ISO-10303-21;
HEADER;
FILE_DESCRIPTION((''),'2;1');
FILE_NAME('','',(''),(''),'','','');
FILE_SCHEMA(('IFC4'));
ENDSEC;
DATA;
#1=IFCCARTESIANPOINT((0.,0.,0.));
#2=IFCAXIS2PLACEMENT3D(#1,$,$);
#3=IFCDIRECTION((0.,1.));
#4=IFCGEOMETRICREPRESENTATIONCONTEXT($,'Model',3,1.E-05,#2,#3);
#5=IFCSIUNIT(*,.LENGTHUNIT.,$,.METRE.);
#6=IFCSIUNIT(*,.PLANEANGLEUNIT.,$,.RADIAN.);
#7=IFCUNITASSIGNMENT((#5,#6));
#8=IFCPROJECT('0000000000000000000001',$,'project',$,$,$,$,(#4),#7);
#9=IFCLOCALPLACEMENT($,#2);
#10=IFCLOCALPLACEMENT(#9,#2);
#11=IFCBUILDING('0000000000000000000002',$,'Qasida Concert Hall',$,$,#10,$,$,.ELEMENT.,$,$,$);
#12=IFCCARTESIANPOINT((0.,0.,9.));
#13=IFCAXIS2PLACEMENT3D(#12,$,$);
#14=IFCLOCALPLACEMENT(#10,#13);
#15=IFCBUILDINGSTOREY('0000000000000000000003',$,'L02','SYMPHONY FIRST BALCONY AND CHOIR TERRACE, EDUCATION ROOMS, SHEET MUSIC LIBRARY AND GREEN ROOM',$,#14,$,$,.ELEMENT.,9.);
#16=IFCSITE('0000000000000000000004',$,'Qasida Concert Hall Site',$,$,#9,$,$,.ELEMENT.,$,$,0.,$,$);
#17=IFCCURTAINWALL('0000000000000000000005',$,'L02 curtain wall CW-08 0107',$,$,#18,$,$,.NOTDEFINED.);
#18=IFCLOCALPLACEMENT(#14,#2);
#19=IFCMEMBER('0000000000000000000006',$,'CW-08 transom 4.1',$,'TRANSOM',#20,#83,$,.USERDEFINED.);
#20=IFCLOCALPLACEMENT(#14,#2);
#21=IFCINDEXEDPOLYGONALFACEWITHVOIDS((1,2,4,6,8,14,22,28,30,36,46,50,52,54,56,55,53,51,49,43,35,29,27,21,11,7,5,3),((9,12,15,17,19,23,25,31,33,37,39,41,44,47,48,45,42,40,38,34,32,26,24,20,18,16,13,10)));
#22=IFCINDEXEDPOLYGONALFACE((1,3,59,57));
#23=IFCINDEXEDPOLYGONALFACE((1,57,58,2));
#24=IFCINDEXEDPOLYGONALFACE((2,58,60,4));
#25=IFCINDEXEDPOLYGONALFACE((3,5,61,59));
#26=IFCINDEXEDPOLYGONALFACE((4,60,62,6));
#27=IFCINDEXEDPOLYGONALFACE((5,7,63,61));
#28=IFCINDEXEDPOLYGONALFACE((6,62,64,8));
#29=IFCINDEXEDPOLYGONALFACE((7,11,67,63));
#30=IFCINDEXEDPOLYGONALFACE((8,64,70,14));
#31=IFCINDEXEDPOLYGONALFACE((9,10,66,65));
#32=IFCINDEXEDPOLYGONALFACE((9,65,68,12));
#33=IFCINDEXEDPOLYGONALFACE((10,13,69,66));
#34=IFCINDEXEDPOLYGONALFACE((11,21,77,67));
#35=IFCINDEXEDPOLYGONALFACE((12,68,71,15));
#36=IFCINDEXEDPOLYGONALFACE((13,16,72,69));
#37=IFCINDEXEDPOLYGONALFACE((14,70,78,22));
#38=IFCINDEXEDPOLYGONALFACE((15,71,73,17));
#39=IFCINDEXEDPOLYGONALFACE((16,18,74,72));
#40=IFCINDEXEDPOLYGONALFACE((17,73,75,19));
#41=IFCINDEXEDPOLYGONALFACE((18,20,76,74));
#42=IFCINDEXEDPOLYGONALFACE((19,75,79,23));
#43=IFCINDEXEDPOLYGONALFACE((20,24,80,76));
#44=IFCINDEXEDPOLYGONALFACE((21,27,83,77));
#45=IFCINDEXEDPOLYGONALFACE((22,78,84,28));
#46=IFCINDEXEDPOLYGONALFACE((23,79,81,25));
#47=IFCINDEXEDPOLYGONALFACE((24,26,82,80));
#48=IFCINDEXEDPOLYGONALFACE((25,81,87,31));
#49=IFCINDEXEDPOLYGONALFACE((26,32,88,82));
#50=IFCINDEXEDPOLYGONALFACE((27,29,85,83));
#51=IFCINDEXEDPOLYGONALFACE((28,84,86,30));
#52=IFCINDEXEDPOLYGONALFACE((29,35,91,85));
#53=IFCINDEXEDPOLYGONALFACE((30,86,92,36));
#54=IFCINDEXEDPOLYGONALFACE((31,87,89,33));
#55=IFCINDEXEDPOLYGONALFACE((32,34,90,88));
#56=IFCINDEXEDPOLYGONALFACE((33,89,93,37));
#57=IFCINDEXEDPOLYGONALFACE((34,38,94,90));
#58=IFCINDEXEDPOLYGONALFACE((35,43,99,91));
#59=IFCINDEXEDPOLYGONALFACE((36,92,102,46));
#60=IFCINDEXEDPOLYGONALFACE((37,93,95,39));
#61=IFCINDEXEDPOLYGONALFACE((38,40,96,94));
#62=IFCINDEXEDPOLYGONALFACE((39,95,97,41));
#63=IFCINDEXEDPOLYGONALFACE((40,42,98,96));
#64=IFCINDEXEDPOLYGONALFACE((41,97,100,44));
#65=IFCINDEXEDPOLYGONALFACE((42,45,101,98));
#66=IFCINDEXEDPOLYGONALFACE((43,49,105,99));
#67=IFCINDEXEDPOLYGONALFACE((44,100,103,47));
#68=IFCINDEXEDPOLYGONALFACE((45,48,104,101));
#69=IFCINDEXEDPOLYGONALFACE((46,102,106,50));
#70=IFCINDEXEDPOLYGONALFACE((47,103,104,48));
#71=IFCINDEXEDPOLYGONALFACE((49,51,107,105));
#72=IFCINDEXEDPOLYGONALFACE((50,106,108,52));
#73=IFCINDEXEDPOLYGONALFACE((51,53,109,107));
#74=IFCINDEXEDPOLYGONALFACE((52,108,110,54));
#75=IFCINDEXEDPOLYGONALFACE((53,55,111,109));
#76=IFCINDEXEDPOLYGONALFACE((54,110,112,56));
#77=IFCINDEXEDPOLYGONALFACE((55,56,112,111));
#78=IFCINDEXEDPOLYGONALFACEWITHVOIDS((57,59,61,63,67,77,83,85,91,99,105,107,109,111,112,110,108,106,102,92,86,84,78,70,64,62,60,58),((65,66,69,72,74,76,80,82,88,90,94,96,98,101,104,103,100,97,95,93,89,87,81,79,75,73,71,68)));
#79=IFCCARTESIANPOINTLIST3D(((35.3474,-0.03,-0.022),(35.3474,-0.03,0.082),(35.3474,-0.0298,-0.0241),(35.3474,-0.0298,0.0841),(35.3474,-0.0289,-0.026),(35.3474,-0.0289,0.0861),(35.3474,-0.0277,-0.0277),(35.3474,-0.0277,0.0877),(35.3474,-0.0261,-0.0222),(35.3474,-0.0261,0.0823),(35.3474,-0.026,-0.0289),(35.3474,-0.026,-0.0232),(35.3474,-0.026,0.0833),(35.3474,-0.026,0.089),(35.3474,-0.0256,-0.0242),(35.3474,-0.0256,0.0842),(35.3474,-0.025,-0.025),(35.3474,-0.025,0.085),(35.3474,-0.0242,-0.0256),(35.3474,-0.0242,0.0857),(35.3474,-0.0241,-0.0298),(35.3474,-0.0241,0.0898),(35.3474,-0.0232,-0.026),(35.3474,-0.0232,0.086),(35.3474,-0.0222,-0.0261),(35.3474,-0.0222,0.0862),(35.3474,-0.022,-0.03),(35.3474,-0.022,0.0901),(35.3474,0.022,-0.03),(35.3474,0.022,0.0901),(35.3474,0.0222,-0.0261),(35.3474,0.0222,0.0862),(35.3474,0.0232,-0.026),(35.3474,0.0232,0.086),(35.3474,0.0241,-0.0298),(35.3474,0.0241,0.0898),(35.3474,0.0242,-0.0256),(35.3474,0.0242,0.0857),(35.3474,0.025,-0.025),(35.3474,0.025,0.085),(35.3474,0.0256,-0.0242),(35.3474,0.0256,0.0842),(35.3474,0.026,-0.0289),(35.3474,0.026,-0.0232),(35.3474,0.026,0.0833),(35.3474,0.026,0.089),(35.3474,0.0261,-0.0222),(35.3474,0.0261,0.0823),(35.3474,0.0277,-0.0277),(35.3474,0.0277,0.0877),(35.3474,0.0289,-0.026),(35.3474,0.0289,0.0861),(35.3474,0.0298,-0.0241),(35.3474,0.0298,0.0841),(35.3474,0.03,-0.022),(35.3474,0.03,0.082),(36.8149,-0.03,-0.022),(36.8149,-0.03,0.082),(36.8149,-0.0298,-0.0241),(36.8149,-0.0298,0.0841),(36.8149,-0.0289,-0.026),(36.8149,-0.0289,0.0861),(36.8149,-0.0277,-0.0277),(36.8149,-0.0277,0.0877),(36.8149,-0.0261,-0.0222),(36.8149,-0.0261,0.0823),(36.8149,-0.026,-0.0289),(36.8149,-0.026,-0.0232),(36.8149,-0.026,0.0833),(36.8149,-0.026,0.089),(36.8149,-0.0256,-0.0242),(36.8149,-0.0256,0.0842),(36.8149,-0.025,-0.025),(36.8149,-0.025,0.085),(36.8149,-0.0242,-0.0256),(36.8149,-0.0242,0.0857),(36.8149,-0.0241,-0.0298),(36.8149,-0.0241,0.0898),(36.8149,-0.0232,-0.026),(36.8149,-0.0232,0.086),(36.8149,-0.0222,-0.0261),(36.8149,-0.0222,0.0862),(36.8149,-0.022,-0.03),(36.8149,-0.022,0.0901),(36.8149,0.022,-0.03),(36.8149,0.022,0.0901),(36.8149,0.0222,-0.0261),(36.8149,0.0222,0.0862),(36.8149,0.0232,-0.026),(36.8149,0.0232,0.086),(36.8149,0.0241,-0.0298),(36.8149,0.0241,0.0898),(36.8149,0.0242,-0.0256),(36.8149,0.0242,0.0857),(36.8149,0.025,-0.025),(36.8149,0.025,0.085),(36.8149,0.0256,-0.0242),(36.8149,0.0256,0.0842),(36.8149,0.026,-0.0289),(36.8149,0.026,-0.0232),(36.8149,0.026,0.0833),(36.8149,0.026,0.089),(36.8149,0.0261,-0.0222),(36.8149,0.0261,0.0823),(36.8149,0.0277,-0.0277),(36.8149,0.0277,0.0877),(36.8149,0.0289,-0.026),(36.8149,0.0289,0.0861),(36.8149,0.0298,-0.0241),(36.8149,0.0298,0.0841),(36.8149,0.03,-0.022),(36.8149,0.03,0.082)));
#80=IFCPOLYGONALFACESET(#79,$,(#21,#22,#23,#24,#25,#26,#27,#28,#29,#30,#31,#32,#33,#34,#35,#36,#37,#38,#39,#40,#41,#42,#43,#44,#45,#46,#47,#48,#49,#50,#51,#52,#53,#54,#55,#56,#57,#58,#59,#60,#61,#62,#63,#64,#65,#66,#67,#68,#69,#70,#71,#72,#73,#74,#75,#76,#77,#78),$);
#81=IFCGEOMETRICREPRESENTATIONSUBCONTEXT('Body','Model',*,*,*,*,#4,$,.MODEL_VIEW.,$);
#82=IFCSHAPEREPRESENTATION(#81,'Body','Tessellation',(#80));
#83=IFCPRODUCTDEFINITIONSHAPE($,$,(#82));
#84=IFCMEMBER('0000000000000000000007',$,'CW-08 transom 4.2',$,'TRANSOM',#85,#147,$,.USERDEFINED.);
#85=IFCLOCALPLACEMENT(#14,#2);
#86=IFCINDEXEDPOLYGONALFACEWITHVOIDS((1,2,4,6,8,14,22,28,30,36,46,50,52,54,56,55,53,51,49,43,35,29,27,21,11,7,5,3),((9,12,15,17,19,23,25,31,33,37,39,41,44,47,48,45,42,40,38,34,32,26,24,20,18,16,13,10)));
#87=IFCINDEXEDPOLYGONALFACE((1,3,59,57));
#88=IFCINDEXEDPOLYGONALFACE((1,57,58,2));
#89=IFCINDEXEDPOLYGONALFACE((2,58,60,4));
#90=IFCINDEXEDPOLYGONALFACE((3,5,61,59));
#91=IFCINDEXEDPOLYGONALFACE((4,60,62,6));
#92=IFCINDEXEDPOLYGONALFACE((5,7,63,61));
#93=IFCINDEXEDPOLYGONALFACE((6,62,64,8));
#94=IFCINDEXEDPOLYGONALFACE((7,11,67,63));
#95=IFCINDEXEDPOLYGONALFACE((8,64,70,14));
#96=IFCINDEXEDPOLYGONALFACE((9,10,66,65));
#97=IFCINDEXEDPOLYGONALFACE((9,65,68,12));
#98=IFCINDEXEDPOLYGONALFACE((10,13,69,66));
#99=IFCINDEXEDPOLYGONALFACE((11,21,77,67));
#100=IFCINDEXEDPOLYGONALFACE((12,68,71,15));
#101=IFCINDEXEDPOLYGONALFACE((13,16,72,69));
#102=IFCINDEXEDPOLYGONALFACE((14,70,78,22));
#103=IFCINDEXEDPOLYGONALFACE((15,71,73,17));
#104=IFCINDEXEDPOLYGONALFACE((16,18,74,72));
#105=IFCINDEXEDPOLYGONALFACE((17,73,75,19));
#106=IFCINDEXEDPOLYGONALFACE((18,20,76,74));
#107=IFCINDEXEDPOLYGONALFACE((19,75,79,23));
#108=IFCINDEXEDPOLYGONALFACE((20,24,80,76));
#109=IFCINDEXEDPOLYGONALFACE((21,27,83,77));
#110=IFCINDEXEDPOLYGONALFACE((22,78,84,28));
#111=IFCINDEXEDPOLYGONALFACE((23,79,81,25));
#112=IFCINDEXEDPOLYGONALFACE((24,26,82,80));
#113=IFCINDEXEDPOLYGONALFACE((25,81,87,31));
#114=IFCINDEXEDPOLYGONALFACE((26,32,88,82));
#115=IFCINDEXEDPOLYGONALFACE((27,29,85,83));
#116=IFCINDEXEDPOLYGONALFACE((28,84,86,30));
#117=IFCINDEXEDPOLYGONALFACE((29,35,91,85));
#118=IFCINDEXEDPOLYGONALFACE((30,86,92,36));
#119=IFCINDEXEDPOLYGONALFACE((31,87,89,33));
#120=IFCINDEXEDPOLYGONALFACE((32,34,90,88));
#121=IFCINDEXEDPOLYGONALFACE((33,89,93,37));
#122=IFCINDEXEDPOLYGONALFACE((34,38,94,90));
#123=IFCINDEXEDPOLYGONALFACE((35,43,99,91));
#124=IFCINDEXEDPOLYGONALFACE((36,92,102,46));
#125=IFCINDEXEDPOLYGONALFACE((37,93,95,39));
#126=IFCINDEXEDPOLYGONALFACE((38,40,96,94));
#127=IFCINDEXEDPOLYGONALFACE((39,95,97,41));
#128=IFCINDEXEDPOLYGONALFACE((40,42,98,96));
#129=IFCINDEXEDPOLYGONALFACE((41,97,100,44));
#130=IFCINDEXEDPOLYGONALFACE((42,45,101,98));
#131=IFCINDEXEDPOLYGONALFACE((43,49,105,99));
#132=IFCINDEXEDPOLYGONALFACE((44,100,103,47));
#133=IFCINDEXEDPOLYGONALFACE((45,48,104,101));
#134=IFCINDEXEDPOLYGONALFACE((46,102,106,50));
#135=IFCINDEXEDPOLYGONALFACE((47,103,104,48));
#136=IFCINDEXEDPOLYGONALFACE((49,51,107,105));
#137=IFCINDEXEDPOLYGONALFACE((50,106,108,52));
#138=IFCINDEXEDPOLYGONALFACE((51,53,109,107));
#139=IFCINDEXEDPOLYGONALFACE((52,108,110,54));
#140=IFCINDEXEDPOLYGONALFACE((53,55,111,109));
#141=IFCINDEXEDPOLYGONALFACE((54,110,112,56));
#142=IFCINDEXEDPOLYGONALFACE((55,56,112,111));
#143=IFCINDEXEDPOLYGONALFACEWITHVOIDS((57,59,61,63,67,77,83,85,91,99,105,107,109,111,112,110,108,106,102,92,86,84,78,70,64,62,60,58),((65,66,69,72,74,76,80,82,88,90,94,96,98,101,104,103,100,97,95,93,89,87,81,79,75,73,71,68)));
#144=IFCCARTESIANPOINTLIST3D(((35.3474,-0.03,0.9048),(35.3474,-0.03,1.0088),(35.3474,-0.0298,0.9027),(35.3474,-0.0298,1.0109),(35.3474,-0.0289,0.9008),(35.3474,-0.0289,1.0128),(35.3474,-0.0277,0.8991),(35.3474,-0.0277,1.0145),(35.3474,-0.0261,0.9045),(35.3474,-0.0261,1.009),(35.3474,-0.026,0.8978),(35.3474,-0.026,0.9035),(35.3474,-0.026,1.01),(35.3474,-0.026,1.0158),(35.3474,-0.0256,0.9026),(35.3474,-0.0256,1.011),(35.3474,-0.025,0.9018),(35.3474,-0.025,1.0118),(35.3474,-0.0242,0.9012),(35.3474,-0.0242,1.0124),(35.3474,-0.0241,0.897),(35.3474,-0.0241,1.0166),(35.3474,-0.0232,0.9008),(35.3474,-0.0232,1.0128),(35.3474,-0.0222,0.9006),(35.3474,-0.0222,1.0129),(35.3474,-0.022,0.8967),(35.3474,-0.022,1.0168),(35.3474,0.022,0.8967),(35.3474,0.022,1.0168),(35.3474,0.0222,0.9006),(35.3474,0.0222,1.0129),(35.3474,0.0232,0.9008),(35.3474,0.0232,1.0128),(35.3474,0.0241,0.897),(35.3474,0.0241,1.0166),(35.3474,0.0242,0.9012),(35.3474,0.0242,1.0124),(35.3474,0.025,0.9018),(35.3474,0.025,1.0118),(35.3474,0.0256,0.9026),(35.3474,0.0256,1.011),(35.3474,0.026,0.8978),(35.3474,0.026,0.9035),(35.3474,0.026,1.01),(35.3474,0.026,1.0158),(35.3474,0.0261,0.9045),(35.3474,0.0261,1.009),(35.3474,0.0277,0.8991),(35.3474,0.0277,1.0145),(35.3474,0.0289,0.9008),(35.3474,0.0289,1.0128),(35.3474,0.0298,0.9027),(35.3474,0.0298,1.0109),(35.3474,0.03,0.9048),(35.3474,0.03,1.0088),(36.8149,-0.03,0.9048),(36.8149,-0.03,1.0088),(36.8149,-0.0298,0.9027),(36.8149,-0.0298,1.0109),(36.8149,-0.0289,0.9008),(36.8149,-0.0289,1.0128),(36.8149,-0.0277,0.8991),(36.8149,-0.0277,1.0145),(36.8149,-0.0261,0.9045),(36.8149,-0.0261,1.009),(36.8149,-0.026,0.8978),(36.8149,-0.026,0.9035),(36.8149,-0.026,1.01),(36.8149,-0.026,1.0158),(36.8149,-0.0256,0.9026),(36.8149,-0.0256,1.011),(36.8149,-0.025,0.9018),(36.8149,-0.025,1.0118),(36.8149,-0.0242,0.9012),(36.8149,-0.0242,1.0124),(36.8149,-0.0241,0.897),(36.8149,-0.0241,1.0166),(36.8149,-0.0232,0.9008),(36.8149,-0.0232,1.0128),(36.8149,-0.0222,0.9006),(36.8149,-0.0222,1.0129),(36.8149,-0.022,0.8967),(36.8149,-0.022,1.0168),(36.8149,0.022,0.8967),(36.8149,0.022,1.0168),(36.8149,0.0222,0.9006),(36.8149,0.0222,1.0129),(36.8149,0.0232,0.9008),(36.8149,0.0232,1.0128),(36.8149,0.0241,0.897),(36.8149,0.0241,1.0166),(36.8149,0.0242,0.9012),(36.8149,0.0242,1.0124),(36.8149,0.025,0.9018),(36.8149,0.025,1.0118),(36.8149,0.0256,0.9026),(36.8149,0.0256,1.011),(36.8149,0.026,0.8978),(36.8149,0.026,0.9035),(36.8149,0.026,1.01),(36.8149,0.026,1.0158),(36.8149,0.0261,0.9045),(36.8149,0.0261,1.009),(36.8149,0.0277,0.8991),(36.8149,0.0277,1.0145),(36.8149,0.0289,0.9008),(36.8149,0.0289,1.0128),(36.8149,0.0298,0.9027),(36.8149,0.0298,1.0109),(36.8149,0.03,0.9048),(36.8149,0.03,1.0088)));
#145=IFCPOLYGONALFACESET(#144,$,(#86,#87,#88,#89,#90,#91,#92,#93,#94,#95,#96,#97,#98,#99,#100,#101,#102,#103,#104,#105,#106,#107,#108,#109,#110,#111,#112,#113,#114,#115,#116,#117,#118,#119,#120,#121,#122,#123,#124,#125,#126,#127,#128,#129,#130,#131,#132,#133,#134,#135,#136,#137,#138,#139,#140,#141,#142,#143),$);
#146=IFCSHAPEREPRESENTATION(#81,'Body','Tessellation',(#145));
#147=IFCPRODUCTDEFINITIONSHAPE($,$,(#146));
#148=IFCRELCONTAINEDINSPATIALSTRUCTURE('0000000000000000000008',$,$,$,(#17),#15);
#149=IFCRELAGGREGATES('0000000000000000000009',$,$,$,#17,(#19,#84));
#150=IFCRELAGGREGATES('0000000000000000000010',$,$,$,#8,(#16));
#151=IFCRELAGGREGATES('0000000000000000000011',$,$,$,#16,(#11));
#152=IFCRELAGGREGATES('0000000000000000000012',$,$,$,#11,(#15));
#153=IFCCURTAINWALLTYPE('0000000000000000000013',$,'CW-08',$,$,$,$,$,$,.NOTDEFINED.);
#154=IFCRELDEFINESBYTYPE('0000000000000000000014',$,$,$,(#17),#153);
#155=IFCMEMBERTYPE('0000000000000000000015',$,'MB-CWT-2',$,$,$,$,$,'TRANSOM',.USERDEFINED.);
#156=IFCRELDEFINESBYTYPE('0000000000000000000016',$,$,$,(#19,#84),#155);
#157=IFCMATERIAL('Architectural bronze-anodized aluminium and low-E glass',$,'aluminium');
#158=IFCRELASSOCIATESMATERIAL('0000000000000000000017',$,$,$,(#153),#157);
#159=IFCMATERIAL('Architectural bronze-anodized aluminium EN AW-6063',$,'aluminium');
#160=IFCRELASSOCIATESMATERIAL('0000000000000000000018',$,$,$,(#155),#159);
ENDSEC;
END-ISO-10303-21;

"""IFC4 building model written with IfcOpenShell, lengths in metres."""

from ifc_helpers import new_model, si_unit, direction, frame, origin, origin_2d, place, context, subcontext, project, spatial, hollow_rectangle, extrude, material, material_profile, profile_set, type_object, element, aggregate, save


model = new_model("IFC4")

# Units and contexts
model_context = context("Model", 3, precision=1e-05, world=origin(), true_north=direction((0.0, 1.0)))
body_context = subcontext(model_context, "Body", "Model", "MODEL_VIEW")
ifc_project = project(units=[si_unit("LENGTHUNIT", "METRE"), si_unit("PLANEANGLEUNIT", "RADIAN")], contexts=[model_context])

# Site, building, storey
site_placement = place(None, origin())
site = spatial("IfcSite", under=ifc_project, at=site_placement, Name="Qasida Concert Hall Site", CompositionType="ELEMENT", RefElevation=0.0)
building_placement = place(site_placement, origin())
building = spatial("IfcBuilding", under=site, at=building_placement, Name="Qasida Concert Hall", CompositionType="ELEMENT")
storey_placement = place(building_placement, frame((0.0, 0.0, 9.0)))
storey = spatial("IfcBuildingStorey", under=building, at=storey_placement, Name="L02", Description="SYMPHONY FIRST BALCONY AND CHOIR TERRACE, EDUCATION ROOMS, SHEET MUSIC LIBRARY AND GREEN ROOM", CompositionType="ELEMENT", Elevation=9.0)

# Curtain wall
ifc_material_1 = material(Name="Architectural bronze-anodized aluminium and low-E glass", Category="aluminium")
curtain_wall_type = type_object("IfcCurtainWallType", Name="CW-08", PredefinedType="NOTDEFINED", material=ifc_material_1)
curtain_wall_1_placement = place(storey_placement, origin())
curtain_wall_1 = element("IfcCurtainWall", 1, at=curtain_wall_1_placement, inside=storey, type_object=curtain_wall_type, Name="L02 curtain wall CW-08 0107", PredefinedType="NOTDEFINED")
ifc_material_2 = material(Name="Architectural bronze-anodized aluminium EN AW-6063", Category="aluminium")

# Members
ifc_material_profile_1 = material_profile(ifc_material_2, hollow_rectangle(XDim=0.0601, YDim=0.1201, WallThickness=0.0039, InnerFilletRadius=0.0039, OuterFilletRadius=0.0081, at=origin_2d()), Name="CWT 120x60x4")
ifc_profile_set_1 = profile_set([ifc_material_profile_1], Name="Architectural bronze-anodized aluminium EN AW-6063")
member_type_1 = type_object("IfcMemberType", Name="MB-CWT-2", ElementType="TRANSOM", PredefinedType="USERDEFINED", material=ifc_profile_set_1)
member_1_placement = place(storey_placement, frame((35.3474, 0.0, 0.03), z_axis=(1.0, 0.0, 0.0), x_axis=(0.0, 1.0, 0.0)))
member_1 = element("IfcMember", 2, at=member_1_placement, type_object=member_type_1, Name="CW-08 transom 4.1", ObjectType="TRANSOM", PredefinedType="USERDEFINED", context=body_context, shape_type="SweptSolid", body=[
    extrude(hollow_rectangle(XDim=0.0601, YDim=0.1201, WallThickness=0.0039, InnerFilletRadius=0.0039, OuterFilletRadius=0.0081, at=origin_2d()), origin(), (0.0, 0.0, 1.0), 1.4675),
])
member_2_placement = place(storey_placement, frame((35.3474, 0.0, 0.9568), z_axis=(1.0, 0.0, 0.0), x_axis=(0.0, 1.0, 0.0)))
member_2 = element("IfcMember", 3, at=member_2_placement, type_object=member_type_1, Name="CW-08 transom 4.2", ObjectType="TRANSOM", PredefinedType="USERDEFINED", context=body_context, shape_type="SweptSolid", body=[
    extrude(hollow_rectangle(XDim=0.0601, YDim=0.1201, WallThickness=0.0039, InnerFilletRadius=0.0039, OuterFilletRadius=0.0081, at=origin_2d()), origin(), (0.0, 0.0, 1.0), 1.4675),
])

aggregate(curtain_wall_1, [member_1, member_2])

save(model, "model.ifc")
